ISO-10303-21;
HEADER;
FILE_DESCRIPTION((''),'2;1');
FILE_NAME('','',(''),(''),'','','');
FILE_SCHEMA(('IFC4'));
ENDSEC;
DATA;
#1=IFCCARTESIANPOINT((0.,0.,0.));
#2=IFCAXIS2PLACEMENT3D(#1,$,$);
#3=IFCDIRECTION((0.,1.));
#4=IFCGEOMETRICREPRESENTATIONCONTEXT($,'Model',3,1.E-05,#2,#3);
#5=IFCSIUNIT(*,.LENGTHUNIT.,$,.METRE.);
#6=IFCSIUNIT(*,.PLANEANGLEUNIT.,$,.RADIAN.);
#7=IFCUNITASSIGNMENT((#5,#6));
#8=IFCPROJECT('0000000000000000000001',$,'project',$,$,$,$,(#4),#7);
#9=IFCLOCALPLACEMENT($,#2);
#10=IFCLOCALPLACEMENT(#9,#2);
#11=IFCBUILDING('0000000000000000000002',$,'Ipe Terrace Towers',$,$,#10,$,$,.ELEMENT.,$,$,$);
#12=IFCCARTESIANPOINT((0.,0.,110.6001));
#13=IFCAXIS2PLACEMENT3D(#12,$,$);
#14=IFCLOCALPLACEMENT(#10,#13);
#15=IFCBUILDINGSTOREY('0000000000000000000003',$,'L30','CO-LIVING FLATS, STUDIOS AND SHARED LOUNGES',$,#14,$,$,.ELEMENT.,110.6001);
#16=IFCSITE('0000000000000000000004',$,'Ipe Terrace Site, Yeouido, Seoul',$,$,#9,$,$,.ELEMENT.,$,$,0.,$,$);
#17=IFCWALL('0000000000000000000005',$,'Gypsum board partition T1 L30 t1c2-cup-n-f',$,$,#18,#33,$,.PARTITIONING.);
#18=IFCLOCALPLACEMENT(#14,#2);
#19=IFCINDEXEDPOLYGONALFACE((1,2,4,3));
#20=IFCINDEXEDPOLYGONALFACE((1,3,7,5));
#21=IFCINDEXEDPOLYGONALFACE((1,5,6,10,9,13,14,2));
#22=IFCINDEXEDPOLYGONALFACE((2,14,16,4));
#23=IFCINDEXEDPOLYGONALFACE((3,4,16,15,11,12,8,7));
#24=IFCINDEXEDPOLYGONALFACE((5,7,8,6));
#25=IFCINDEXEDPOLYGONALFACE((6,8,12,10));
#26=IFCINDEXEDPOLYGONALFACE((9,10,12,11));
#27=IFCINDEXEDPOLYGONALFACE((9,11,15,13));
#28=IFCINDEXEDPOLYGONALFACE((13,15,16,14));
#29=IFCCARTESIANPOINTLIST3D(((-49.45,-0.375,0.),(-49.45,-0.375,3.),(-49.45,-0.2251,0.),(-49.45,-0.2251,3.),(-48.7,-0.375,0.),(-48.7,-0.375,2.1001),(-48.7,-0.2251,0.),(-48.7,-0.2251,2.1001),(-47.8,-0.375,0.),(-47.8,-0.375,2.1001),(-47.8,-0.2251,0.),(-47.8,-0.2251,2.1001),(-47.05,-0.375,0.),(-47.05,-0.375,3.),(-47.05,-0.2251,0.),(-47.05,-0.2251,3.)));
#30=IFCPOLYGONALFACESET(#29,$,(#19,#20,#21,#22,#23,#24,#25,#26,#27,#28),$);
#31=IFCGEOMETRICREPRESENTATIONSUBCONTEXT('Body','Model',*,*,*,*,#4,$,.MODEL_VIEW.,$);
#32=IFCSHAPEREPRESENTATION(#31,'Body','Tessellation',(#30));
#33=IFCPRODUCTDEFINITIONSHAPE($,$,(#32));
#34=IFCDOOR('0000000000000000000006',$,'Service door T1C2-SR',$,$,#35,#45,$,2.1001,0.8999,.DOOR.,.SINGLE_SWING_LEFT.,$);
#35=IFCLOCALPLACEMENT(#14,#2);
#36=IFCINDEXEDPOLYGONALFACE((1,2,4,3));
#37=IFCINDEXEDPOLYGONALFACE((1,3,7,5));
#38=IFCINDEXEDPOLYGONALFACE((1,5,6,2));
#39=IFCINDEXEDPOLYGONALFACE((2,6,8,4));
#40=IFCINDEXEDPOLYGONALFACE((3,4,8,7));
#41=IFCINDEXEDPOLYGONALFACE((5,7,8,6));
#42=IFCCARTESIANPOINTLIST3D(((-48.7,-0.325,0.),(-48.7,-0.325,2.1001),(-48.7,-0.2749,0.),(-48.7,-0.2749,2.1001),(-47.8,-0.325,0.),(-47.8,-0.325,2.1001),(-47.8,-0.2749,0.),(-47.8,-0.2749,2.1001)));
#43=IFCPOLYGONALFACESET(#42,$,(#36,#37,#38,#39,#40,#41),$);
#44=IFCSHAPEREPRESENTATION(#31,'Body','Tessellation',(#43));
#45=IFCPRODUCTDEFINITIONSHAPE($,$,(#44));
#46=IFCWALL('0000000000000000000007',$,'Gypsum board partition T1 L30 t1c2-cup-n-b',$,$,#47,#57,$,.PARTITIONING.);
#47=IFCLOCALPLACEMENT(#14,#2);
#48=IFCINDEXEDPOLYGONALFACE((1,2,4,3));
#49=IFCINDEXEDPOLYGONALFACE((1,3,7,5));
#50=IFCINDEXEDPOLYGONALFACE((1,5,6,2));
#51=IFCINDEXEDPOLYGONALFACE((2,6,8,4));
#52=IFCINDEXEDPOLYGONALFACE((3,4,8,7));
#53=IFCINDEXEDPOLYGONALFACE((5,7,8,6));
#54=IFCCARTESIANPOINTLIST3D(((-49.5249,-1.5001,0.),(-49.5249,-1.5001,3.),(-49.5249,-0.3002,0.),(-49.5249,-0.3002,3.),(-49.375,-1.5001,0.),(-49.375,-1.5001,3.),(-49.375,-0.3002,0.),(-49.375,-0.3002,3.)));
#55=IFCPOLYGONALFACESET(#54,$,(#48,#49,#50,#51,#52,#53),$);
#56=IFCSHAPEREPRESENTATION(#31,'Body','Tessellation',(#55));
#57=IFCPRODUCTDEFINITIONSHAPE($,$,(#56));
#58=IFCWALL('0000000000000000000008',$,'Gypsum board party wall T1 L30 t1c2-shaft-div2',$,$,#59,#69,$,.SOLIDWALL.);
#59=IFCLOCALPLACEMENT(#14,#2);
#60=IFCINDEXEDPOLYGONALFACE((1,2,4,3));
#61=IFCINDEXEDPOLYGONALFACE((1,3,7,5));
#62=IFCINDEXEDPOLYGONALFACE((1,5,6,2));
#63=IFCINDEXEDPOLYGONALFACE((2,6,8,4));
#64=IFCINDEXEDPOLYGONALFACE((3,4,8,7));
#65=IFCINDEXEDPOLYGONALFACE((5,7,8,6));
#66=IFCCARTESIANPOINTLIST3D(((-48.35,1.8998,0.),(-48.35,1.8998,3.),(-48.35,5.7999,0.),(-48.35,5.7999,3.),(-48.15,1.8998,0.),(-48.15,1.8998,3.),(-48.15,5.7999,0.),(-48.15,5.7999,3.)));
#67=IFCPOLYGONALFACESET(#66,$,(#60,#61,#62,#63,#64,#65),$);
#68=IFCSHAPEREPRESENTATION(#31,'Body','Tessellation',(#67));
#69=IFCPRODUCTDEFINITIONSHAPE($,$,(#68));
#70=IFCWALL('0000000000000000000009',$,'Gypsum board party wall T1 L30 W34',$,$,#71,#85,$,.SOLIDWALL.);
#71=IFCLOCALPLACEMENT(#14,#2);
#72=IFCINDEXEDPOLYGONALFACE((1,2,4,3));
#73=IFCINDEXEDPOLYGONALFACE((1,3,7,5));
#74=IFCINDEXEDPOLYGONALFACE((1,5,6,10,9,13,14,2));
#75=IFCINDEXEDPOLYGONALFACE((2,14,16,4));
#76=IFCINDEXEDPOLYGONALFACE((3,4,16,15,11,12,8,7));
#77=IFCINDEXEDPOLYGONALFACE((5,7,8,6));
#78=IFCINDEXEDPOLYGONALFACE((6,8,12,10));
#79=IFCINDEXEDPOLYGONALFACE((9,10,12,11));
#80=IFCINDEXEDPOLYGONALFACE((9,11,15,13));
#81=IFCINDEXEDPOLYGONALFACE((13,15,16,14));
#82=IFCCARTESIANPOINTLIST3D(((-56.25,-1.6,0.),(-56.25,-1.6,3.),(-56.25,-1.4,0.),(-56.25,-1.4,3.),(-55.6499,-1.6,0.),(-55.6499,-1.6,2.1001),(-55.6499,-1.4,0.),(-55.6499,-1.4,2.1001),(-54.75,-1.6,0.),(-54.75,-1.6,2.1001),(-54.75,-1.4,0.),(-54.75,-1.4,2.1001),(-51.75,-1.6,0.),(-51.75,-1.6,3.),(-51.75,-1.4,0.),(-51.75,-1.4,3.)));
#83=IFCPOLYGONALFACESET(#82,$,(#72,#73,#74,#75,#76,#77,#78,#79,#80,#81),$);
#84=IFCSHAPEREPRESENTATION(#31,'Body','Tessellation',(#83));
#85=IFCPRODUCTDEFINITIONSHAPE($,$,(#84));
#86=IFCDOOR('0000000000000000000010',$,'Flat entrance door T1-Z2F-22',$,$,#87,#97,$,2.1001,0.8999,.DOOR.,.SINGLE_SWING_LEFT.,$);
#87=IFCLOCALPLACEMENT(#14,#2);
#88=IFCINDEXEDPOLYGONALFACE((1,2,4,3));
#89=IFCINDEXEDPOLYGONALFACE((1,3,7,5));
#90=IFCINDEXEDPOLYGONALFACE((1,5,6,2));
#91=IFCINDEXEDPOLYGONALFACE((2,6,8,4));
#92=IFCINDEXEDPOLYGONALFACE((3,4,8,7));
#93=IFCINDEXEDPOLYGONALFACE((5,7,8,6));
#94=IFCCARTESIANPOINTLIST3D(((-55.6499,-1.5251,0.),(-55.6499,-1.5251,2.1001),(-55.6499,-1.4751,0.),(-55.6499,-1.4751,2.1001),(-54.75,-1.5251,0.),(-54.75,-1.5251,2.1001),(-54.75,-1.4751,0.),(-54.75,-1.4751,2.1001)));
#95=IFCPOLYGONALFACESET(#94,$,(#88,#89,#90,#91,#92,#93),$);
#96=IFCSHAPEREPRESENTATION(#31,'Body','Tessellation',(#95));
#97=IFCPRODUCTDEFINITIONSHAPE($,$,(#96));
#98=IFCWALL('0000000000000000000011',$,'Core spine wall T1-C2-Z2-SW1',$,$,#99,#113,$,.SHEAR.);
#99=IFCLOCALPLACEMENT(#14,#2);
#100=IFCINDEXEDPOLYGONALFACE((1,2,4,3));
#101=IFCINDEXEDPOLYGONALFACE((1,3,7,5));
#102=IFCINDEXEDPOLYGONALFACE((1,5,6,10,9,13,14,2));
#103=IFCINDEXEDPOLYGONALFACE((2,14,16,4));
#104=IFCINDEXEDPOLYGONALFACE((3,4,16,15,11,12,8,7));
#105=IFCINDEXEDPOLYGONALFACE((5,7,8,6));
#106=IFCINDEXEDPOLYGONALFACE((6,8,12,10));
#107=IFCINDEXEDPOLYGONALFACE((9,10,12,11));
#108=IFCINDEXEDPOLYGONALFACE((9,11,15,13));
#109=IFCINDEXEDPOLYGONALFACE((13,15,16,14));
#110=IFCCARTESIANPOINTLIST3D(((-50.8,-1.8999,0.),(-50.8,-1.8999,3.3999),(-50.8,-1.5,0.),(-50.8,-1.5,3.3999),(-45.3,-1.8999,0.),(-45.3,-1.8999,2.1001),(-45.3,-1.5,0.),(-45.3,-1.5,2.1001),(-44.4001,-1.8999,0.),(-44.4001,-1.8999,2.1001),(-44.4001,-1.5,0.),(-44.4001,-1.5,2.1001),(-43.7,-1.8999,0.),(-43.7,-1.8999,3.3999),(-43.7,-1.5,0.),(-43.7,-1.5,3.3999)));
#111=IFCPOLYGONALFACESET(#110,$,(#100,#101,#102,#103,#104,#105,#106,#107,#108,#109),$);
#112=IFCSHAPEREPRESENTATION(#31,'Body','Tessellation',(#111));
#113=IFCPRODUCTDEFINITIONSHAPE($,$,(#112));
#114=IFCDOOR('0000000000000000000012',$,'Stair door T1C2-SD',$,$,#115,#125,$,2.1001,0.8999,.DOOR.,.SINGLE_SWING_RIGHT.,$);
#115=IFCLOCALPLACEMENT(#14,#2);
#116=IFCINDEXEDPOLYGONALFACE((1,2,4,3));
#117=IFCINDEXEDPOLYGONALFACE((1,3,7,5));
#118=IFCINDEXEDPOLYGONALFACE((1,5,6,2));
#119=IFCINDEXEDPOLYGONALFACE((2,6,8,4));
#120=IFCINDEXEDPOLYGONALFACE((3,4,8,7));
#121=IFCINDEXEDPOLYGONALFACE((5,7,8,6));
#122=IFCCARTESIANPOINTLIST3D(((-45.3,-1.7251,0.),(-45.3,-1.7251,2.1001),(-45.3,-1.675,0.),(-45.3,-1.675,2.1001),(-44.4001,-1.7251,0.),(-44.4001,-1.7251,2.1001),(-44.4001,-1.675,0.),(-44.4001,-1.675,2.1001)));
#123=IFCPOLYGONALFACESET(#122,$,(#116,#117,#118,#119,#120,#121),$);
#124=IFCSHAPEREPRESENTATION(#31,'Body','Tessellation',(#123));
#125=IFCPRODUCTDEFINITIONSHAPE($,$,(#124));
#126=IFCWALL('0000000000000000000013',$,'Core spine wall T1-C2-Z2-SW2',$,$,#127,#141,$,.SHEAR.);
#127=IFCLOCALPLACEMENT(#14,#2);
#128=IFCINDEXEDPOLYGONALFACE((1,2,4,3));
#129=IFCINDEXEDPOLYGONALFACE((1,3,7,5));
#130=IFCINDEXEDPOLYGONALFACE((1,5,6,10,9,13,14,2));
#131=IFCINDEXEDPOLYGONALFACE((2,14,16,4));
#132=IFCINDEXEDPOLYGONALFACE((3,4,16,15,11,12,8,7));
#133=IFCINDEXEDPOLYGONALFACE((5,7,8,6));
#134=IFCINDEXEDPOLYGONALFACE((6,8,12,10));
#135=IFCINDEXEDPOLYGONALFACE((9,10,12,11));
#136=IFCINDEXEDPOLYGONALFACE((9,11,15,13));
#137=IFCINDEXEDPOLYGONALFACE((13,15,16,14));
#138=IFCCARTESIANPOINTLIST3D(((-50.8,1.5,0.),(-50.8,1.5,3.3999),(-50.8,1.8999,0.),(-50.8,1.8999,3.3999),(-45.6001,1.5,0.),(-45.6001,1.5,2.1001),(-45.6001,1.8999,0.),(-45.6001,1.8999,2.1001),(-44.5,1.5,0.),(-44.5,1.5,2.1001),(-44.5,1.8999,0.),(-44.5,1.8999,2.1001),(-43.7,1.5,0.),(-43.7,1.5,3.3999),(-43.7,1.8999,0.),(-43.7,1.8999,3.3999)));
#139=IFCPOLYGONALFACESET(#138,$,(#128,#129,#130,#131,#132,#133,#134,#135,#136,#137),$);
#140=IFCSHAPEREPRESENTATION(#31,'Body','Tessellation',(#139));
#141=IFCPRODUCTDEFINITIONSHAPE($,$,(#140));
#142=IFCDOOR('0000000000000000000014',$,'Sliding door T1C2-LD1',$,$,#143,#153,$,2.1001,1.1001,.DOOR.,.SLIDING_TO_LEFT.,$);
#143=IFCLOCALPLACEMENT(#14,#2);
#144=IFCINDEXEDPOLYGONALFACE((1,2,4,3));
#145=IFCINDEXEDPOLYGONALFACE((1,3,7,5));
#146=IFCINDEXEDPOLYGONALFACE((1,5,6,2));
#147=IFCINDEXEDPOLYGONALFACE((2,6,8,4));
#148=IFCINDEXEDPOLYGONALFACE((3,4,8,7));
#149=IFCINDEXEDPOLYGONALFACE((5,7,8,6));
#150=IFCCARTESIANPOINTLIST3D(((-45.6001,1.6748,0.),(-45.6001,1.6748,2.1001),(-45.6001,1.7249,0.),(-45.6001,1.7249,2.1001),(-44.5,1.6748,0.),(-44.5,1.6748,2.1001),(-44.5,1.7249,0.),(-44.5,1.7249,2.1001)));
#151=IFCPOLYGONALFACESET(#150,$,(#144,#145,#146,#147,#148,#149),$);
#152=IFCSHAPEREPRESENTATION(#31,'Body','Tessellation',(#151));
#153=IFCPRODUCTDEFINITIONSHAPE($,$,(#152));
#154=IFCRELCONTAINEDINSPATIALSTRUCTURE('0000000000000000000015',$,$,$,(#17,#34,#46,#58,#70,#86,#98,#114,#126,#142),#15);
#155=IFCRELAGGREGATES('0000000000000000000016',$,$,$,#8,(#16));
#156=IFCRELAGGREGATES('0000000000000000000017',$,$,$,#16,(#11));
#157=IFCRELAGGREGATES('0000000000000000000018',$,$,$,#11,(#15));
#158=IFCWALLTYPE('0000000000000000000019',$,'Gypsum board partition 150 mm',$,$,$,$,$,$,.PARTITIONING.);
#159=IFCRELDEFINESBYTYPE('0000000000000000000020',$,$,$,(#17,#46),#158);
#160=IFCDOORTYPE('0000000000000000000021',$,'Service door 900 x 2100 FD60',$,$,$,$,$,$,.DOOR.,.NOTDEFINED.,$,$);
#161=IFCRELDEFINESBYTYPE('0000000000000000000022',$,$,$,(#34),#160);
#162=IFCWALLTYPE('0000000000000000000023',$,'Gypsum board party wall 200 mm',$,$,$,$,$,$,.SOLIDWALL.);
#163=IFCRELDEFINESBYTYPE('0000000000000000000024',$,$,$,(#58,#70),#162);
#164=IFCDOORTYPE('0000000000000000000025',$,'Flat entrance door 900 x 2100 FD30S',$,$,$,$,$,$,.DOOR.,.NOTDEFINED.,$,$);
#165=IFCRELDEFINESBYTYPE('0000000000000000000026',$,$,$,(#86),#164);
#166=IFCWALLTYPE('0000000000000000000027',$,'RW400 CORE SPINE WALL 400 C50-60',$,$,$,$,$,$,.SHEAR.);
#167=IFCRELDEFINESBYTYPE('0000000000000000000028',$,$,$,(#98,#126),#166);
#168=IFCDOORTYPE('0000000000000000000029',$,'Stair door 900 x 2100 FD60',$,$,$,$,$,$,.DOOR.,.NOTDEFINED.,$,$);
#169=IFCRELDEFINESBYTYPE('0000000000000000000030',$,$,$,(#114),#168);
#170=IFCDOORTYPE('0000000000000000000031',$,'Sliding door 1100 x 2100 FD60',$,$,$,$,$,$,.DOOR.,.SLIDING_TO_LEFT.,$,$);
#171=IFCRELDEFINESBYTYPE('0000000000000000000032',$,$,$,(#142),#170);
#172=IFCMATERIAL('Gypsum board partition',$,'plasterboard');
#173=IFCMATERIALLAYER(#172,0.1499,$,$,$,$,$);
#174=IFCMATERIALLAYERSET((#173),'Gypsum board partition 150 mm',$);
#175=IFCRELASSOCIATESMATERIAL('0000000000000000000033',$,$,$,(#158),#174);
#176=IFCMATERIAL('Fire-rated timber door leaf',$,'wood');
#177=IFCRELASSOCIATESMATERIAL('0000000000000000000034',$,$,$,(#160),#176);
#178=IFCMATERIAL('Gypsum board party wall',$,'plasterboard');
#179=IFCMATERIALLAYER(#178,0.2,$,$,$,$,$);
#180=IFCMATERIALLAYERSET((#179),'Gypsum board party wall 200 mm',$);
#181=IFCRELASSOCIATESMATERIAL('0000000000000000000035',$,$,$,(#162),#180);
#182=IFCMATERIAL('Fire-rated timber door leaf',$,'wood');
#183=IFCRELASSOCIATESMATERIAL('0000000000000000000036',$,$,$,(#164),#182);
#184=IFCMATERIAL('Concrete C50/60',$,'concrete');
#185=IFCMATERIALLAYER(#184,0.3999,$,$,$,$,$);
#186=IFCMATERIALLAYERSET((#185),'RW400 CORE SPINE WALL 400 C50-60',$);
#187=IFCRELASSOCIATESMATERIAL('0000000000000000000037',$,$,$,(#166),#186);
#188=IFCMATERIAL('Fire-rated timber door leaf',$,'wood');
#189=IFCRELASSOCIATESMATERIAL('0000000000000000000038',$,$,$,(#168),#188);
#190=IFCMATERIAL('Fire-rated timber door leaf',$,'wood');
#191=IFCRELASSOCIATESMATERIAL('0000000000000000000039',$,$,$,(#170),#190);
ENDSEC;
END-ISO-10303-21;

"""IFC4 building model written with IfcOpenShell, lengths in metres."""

from ifc_helpers import new_model, si_unit, direction, frame, frame_2d, origin, place, context, subcontext, project, spatial, rectangle, extrude, material, layer, layer_set, type_object, element, fill, save


model = new_model("IFC4")

# Units and contexts
model_context = context("Model", 3, precision=1e-05, world=origin(), true_north=direction((0.0, 1.0)))
body_context = subcontext(model_context, "Body", "Model", "MODEL_VIEW")
ifc_project = project(units=[si_unit("LENGTHUNIT", "METRE"), si_unit("PLANEANGLEUNIT", "RADIAN")], contexts=[model_context])

# Site, building, storey
site_placement = place(None, origin())
site = spatial("IfcSite", under=ifc_project, at=site_placement, Name="Ipe Terrace Site, Yeouido, Seoul", CompositionType="ELEMENT", RefElevation=0.0)
building_placement = place(site_placement, origin())
building = spatial("IfcBuilding", under=site, at=building_placement, Name="Ipe Terrace Towers", CompositionType="ELEMENT")
storey_placement = place(building_placement, frame((0.0, 0.0, 110.6001)))
storey = spatial("IfcBuildingStorey", under=building, at=storey_placement, Name="L30", Description="CO-LIVING FLATS, STUDIOS AND SHARED LOUNGES", CompositionType="ELEMENT", Elevation=110.6001)

# Wall, opening, door
ifc_material_1 = material(Name="Gypsum board partition", Category="plasterboard")
ifc_layer_1 = layer(ifc_material_1, 0.1499)
ifc_layer_set_1 = layer_set([ifc_layer_1], Name="Gypsum board partition 150 mm")
wall_type_1 = type_object("IfcWallType", Name="Gypsum board partition 150 mm", PredefinedType="PARTITIONING", material=ifc_layer_set_1)
wall_1_placement = place(storey_placement, frame((-47.05, -0.3, 0.0), z_axis=(0.0, 0.0, 1.0), x_axis=(-1.0, 0.0, 0.0)))
wall_1 = element("IfcWall", 1, at=wall_1_placement, inside=storey, type_object=wall_type_1, Name="Gypsum board partition T1 L30 t1c2-cup-n-f", PredefinedType="PARTITIONING", context=body_context, shape_type="SweptSolid", body=[
    extrude(rectangle(XDim=2.3999, YDim=0.1499, at=frame_2d((1.2, 0.0))), origin(), (0.0, 0.0, 1.0), 3.0),
])
opening_1_placement = place(wall_1_placement, frame((0.75, 0.0, 0.0)))
opening_1 = element("IfcOpeningElement", 2, at=opening_1_placement, cuts=wall_1, PredefinedType="OPENING", context=body_context, shape_type="SweptSolid", body=[
    extrude(rectangle(XDim=0.8999, YDim=2.1001, at=frame_2d((0.45, 1.05))), frame((0.0, 0.085, 0.0), z_axis=(0.0, -1.0, 0.0), x_axis=(1.0, 0.0, 0.0)), (0.0, 0.0, 1.0), 0.1699),
])
ifc_material_2 = material(Name="Fire-rated timber door leaf", Category="wood")
door_type_1 = type_object("IfcDoorType", Name="Service door 900 x 2100 FD60", OperationType="NOTDEFINED", PredefinedType="DOOR", material=ifc_material_2)
door_1_placement = place(opening_1_placement, origin())
door_1 = element("IfcDoor", 3, at=door_1_placement, inside=storey, type_object=door_type_1, Name="Service door T1C2-SR", OperationType="SINGLE_SWING_LEFT", OverallHeight=2.1001, OverallWidth=0.8999, PredefinedType="DOOR", context=body_context, shape_type="SweptSolid", body=[
    extrude(rectangle(XDim=0.8999, YDim=2.1001, at=frame_2d((0.45, 1.05))), frame((0.0, 0.0249, 0.0), z_axis=(0.0, -1.0, 0.0), x_axis=(1.0, 0.0, 0.0)), (0.0, 0.0, 1.0), 0.05),
])
fill(opening_1, door_1)

# Walls
wall_2_placement = place(storey_placement, frame((-49.45, -0.3, 0.0), z_axis=(0.0, 0.0, 1.0), x_axis=(0.0, -1.0, 0.0)))
element("IfcWall", 4, at=wall_2_placement, inside=storey, type_object=wall_type_1, Name="Gypsum board partition T1 L30 t1c2-cup-n-b", PredefinedType="PARTITIONING", context=body_context, shape_type="SweptSolid", body=[
    extrude(rectangle(XDim=1.2, YDim=0.1499, at=frame_2d((0.6001, 0.0))), origin(), (0.0, 0.0, 1.0), 3.0),
])
ifc_material_3 = material(Name="Gypsum board party wall", Category="plasterboard")
ifc_layer_2 = layer(ifc_material_3, 0.2)
ifc_layer_set_2 = layer_set([ifc_layer_2], Name="Gypsum board party wall 200 mm")
wall_type_2 = type_object("IfcWallType", Name="Gypsum board party wall 200 mm", PredefinedType="SOLIDWALL", material=ifc_layer_set_2)
wall_3_placement = place(storey_placement, frame((-48.25, 5.8, 0.0), z_axis=(0.0, 0.0, 1.0), x_axis=(0.0, -1.0, 0.0)))
element("IfcWall", 5, at=wall_3_placement, inside=storey, type_object=wall_type_2, Name="Gypsum board party wall T1 L30 t1c2-shaft-div2", PredefinedType="SOLIDWALL", context=body_context, shape_type="SweptSolid", body=[
    extrude(rectangle(XDim=3.9001, YDim=0.2, at=frame_2d((1.9502, 0.0))), origin(), (0.0, 0.0, 1.0), 3.0),
])

# Walls, openings, doors
wall_4_placement = place(storey_placement, frame((-56.25, -1.5, 0.0), z_axis=(0.0, 0.0, 1.0), x_axis=(1.0, 0.0, 0.0)))
wall_4 = element("IfcWall", 6, at=wall_4_placement, inside=storey, type_object=wall_type_2, Name="Gypsum board party wall T1 L30 W34", PredefinedType="SOLIDWALL", context=body_context, shape_type="SweptSolid", body=[
    extrude(rectangle(XDim=4.5, YDim=0.2, at=frame_2d((2.25, 0.0))), origin(), (0.0, 0.0, 1.0), 3.0),
])
opening_2_placement = place(wall_4_placement, frame((0.6001, 0.0, 0.0)))
opening_2 = element("IfcOpeningElement", 7, at=opening_2_placement, cuts=wall_4, PredefinedType="OPENING", context=body_context, shape_type="SweptSolid", body=[
    extrude(rectangle(XDim=0.8999, YDim=2.1001, at=frame_2d((0.45, 1.05))), frame((0.0, 0.1099, 0.0), z_axis=(0.0, -1.0, 0.0), x_axis=(1.0, 0.0, 0.0)), (0.0, 0.0, 1.0), 0.22),
])
ifc_material_4 = material(Name="Fire-rated timber door leaf", Category="wood")
door_type_2 = type_object("IfcDoorType", Name="Flat entrance door 900 x 2100 FD30S", OperationType="NOTDEFINED", PredefinedType="DOOR", material=ifc_material_4)
door_2_placement = place(opening_2_placement, origin())
door_2 = element("IfcDoor", 8, at=door_2_placement, inside=storey, type_object=door_type_2, Name="Flat entrance door T1-Z2F-22", OperationType="SINGLE_SWING_LEFT", OverallHeight=2.1001, OverallWidth=0.8999, PredefinedType="DOOR", context=body_context, shape_type="SweptSolid", body=[
    extrude(rectangle(XDim=0.8999, YDim=2.1001, at=frame_2d((0.45, 1.05))), frame((0.0, 0.0249, 0.0), z_axis=(0.0, -1.0, 0.0), x_axis=(1.0, 0.0, 0.0)), (0.0, 0.0, 1.0), 0.05),
])
fill(opening_2, door_2)
ifc_material_5 = material(Name="Concrete C50/60", Category="concrete")
ifc_layer_3 = layer(ifc_material_5, 0.3999)
ifc_layer_set_3 = layer_set([ifc_layer_3], Name="RW400 CORE SPINE WALL 400 C50-60")
wall_type_3 = type_object("IfcWallType", Name="RW400 CORE SPINE WALL 400 C50-60", PredefinedType="SHEAR", material=ifc_layer_set_3)
wall_5_placement = place(storey_placement, frame((-50.8, -1.7, 0.0), z_axis=(0.0, 0.0, 1.0), x_axis=(1.0, 0.0, 0.0)))
wall_5 = element("IfcWall", 9, at=wall_5_placement, inside=storey, type_object=wall_type_3, Name="Core spine wall T1-C2-Z2-SW1", PredefinedType="SHEAR", context=body_context, shape_type="SweptSolid", body=[
    extrude(rectangle(XDim=7.1001, YDim=0.3999, at=frame_2d((3.55, 0.0))), origin(), (0.0, 0.0, 1.0), 3.3999),
])
opening_3_placement = place(wall_5_placement, frame((5.5, 0.0, 0.0)))
opening_3 = element("IfcOpeningElement", 10, at=opening_3_placement, cuts=wall_5, PredefinedType="OPENING", context=body_context, shape_type="SweptSolid", body=[
    extrude(rectangle(XDim=0.8999, YDim=2.1001, at=frame_2d((0.45, 1.05))), frame((0.0, 0.21, 0.0), z_axis=(0.0, -1.0, 0.0), x_axis=(1.0, 0.0, 0.0)), (0.0, 0.0, 1.0), 0.4199),
])
ifc_material_6 = material(Name="Fire-rated timber door leaf", Category="wood")
door_type_3 = type_object("IfcDoorType", Name="Stair door 900 x 2100 FD60", OperationType="NOTDEFINED", PredefinedType="DOOR", material=ifc_material_6)
door_3_placement = place(opening_3_placement, origin())
door_3 = element("IfcDoor", 11, at=door_3_placement, inside=storey, type_object=door_type_3, Name="Stair door T1C2-SD", OperationType="SINGLE_SWING_RIGHT", OverallHeight=2.1001, OverallWidth=0.8999, PredefinedType="DOOR", context=body_context, shape_type="SweptSolid", body=[
    extrude(rectangle(XDim=0.8999, YDim=2.1001, at=frame_2d((0.45, 1.05))), frame((0.0, 0.0249, 0.0), z_axis=(0.0, -1.0, 0.0), x_axis=(1.0, 0.0, 0.0)), (0.0, 0.0, 1.0), 0.05),
])
fill(opening_3, door_3)
wall_6_placement = place(storey_placement, frame((-50.8, 1.7, 0.0), z_axis=(0.0, 0.0, 1.0), x_axis=(1.0, 0.0, 0.0)))
wall_6 = element("IfcWall", 12, at=wall_6_placement, inside=storey, type_object=wall_type_3, Name="Core spine wall T1-C2-Z2-SW2", PredefinedType="SHEAR", context=body_context, shape_type="SweptSolid", body=[
    extrude(rectangle(XDim=7.1001, YDim=0.3999, at=frame_2d((3.55, 0.0))), origin(), (0.0, 0.0, 1.0), 3.3999),
])
opening_4_placement = place(wall_6_placement, frame((5.2, 0.0, 0.0)))
opening_4 = element("IfcOpeningElement", 13, at=opening_4_placement, cuts=wall_6, PredefinedType="OPENING", context=body_context, shape_type="SweptSolid", body=[
    extrude(rectangle(XDim=1.1001, YDim=2.1001, at=frame_2d((0.55, 1.05))), frame((0.0, 0.21, 0.0), z_axis=(0.0, -1.0, 0.0), x_axis=(1.0, 0.0, 0.0)), (0.0, 0.0, 1.0), 0.4199),
])
ifc_material_7 = material(Name="Fire-rated timber door leaf", Category="wood")
door_type_4 = type_object("IfcDoorType", Name="Sliding door 1100 x 2100 FD60", OperationType="SLIDING_TO_LEFT", PredefinedType="DOOR", material=ifc_material_7)
door_4_placement = place(opening_4_placement, origin())
door_4 = element("IfcDoor", 14, at=door_4_placement, inside=storey, type_object=door_type_4, Name="Sliding door T1C2-LD1", OperationType="SLIDING_TO_LEFT", OverallHeight=2.1001, OverallWidth=1.1001, PredefinedType="DOOR", context=body_context, shape_type="SweptSolid", body=[
    extrude(rectangle(XDim=1.1001, YDim=2.1001, at=frame_2d((0.55, 1.05))), frame((0.0, 0.0249, 0.0), z_axis=(0.0, -1.0, 0.0), x_axis=(1.0, 0.0, 0.0)), (0.0, 0.0, 1.0), 0.05),
])
fill(opening_4, door_4)

save(model, "model.ifc")
